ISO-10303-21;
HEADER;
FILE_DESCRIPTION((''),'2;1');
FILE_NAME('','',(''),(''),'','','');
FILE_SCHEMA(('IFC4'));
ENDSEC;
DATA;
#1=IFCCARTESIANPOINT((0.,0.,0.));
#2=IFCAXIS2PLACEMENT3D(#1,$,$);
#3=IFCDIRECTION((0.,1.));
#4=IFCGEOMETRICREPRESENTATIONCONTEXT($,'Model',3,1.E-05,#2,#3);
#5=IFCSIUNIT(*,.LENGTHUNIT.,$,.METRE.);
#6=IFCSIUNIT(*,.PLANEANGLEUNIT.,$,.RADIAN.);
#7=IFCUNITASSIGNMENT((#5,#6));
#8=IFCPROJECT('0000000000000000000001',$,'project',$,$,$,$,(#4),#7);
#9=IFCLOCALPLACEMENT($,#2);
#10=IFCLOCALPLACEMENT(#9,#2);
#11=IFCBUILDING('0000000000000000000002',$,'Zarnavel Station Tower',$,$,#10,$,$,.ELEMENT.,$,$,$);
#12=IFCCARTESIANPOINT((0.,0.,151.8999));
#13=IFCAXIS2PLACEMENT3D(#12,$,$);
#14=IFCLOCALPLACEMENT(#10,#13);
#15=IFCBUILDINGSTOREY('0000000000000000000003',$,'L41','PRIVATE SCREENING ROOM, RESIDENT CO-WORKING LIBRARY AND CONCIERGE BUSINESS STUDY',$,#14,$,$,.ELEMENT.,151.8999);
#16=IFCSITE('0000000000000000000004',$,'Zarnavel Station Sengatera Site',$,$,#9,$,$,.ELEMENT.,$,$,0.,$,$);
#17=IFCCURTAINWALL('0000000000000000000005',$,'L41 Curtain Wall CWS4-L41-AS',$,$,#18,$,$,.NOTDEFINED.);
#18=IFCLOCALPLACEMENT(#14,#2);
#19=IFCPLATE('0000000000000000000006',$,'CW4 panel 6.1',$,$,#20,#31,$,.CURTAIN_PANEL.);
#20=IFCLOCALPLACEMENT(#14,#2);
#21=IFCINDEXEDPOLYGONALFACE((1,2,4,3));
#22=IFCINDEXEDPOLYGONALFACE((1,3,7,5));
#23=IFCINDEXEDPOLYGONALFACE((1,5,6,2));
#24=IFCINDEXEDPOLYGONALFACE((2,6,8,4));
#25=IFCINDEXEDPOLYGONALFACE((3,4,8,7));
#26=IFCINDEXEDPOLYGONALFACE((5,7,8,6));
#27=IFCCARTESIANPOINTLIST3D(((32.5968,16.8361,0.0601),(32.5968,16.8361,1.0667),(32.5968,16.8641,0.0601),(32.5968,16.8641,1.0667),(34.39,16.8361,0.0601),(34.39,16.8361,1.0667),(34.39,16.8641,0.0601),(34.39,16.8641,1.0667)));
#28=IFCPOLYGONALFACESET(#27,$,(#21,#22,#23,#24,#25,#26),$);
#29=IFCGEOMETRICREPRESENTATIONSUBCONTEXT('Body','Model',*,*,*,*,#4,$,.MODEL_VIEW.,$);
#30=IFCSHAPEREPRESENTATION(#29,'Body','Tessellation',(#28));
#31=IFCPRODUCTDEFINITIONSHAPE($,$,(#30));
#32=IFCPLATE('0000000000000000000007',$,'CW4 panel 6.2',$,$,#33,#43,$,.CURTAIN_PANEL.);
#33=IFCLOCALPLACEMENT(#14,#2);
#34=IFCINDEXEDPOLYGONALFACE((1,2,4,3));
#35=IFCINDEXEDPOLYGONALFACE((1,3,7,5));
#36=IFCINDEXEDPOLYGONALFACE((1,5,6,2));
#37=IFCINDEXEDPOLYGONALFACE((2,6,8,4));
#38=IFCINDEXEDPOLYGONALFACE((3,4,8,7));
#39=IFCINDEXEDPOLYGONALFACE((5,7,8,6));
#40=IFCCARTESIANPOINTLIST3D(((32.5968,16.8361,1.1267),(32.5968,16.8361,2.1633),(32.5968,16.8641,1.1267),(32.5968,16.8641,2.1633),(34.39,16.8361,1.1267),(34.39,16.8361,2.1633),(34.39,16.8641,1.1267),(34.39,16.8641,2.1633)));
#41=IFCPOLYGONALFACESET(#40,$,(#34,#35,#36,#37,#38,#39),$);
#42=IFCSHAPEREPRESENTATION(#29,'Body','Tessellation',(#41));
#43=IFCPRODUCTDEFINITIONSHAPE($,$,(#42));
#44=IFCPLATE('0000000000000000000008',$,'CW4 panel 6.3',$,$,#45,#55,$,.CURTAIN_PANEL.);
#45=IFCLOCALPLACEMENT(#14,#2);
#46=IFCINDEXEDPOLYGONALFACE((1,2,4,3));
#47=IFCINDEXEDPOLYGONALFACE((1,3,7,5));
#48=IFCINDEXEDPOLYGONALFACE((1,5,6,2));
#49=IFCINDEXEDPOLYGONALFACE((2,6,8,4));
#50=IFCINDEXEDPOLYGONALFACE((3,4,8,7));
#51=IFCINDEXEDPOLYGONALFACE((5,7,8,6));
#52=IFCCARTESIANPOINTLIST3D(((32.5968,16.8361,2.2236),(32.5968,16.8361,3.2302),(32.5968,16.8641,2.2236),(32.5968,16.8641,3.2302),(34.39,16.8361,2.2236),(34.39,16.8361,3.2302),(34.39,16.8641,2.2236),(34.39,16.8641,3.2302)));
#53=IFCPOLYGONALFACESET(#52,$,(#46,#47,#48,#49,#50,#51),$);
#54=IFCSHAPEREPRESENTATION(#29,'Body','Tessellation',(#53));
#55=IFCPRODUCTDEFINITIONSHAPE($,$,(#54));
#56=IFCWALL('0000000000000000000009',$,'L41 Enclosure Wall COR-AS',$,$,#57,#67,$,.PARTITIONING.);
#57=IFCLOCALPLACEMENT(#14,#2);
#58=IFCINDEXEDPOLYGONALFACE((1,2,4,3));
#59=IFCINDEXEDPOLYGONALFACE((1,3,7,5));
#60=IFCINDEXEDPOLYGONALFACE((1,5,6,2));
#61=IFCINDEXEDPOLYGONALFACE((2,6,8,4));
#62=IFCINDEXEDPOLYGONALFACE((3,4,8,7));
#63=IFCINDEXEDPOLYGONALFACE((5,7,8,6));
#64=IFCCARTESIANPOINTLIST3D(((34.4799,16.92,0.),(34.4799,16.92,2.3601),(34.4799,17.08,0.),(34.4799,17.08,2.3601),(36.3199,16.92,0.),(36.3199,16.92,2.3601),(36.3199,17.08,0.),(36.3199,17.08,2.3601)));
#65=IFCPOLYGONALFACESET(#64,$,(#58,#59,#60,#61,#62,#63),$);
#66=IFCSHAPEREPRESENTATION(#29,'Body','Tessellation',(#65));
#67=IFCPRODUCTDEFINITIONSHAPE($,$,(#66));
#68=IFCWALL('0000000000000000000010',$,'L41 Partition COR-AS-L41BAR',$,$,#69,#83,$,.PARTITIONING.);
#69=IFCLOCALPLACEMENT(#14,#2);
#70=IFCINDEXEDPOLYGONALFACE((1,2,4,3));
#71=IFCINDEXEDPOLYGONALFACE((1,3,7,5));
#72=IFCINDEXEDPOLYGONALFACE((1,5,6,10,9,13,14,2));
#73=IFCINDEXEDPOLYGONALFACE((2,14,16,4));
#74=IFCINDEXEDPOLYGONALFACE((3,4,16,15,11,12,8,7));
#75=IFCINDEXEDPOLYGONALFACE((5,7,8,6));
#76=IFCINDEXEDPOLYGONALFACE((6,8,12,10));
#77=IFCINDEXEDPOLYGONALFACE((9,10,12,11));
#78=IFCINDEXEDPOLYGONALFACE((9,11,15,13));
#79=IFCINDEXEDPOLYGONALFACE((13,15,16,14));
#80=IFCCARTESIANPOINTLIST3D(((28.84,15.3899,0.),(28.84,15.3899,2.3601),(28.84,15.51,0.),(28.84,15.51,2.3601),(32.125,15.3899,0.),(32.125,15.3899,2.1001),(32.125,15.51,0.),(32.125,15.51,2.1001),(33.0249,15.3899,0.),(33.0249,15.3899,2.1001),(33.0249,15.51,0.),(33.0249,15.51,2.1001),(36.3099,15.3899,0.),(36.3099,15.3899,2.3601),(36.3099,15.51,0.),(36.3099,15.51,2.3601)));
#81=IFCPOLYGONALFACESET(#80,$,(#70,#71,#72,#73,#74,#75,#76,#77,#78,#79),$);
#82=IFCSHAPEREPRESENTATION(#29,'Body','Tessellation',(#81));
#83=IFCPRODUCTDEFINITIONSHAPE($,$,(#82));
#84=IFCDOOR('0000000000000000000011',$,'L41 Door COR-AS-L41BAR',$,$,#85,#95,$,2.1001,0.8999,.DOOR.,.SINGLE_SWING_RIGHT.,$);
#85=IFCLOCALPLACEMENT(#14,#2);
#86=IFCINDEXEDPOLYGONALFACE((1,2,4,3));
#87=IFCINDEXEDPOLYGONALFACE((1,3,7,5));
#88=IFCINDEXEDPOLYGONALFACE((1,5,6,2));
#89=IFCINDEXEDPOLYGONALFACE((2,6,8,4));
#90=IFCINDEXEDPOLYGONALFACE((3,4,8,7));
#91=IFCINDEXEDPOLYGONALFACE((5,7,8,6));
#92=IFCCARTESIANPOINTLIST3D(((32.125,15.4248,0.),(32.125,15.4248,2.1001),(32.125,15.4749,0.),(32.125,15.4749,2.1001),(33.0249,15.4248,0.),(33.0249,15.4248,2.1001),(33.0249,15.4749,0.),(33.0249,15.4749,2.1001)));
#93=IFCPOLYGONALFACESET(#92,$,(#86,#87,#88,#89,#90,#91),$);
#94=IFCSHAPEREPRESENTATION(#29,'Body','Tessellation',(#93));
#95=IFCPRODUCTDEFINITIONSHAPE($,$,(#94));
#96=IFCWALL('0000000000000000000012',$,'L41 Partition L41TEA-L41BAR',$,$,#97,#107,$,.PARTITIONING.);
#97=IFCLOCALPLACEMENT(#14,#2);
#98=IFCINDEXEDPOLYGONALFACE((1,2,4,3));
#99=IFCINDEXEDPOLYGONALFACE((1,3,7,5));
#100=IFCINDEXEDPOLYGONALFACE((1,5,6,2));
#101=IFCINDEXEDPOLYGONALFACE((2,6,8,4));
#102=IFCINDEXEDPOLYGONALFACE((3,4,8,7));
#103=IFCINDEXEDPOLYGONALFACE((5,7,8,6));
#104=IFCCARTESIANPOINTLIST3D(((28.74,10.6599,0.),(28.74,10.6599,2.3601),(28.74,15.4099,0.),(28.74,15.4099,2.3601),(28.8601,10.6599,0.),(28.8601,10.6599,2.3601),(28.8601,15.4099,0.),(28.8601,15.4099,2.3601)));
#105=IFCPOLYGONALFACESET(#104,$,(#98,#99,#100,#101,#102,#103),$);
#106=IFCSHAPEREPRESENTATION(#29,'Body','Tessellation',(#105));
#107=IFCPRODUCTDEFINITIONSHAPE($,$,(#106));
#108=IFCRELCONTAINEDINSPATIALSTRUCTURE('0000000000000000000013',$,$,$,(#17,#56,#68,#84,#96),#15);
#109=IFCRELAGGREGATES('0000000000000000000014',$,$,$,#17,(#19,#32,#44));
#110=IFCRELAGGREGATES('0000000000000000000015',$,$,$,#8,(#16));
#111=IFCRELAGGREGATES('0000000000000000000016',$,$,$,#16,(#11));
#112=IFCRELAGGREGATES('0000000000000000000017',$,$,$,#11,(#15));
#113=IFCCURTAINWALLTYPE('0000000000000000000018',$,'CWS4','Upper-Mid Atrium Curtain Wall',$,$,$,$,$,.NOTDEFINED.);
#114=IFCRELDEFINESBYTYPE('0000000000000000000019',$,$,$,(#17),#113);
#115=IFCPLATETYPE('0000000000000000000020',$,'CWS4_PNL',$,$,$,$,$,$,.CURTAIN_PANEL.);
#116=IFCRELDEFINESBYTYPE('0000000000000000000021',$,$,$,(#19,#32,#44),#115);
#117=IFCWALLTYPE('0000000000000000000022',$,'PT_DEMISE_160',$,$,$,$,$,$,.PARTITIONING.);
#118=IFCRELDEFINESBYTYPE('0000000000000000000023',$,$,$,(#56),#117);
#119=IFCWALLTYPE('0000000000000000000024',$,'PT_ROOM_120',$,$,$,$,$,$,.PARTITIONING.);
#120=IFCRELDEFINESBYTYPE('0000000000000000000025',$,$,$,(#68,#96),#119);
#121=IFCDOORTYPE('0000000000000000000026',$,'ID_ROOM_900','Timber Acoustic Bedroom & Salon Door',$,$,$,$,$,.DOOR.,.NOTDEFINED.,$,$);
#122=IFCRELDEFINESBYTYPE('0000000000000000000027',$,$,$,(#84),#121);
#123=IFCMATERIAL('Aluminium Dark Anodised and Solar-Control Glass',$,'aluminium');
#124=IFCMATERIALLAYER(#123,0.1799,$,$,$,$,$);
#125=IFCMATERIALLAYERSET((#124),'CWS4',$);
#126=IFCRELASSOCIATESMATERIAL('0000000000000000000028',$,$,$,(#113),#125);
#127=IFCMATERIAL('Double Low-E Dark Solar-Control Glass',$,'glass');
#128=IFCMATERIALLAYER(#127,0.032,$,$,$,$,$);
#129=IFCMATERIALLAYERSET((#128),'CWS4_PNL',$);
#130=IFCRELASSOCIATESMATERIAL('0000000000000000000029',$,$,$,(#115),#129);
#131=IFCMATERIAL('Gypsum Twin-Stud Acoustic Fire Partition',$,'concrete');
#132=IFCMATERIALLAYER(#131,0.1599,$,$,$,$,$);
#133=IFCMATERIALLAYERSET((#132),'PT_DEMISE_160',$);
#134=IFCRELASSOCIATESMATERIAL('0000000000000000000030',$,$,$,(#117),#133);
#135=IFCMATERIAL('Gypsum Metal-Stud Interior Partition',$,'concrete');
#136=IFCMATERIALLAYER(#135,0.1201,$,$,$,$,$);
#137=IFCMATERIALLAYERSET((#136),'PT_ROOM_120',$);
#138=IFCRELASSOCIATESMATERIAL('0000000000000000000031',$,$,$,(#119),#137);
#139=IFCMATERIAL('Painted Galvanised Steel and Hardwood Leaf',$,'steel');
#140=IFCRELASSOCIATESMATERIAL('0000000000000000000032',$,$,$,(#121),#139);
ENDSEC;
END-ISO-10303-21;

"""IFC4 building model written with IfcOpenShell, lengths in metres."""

from ifc_helpers import new_model, si_unit, direction, frame, frame_2d, origin, origin_2d, place, context, subcontext, project, spatial, rectangle, extrude, material, layer, layer_set, type_object, element, fill, aggregate, save


model = new_model("IFC4")

# Units and contexts
model_context = context("Model", 3, precision=1e-05, world=origin(), true_north=direction((0.0, 1.0)))
body_context = subcontext(model_context, "Body", "Model", "MODEL_VIEW")
ifc_project = project(units=[si_unit("LENGTHUNIT", "METRE"), si_unit("PLANEANGLEUNIT", "RADIAN")], contexts=[model_context])

# Site, building, storey
site_placement = place(None, origin())
site = spatial("IfcSite", under=ifc_project, at=site_placement, Name="Zarnavel Station Sengatera Site", CompositionType="ELEMENT", RefElevation=0.0)
building_placement = place(site_placement, origin())
building = spatial("IfcBuilding", under=site, at=building_placement, Name="Zarnavel Station Tower", CompositionType="ELEMENT")
storey_placement = place(building_placement, frame((0.0, 0.0, 151.8999)))
storey = spatial("IfcBuildingStorey", under=building, at=storey_placement, Name="L41", Description="PRIVATE SCREENING ROOM, RESIDENT CO-WORKING LIBRARY AND CONCIERGE BUSINESS STUDY", CompositionType="ELEMENT", Elevation=151.8999)

# Curtain wall
ifc_material_1 = material(Name="Aluminium Dark Anodised and Solar-Control Glass", Category="aluminium")
ifc_layer_1 = layer(ifc_material_1, 0.1799)
ifc_layer_set_1 = layer_set([ifc_layer_1], Name="CWS4")
curtain_wall_type = type_object("IfcCurtainWallType", Name="CWS4", Description="Upper-Mid Atrium Curtain Wall", PredefinedType="NOTDEFINED", material=ifc_layer_set_1)
curtain_wall_placement = place(storey_placement, origin())
curtain_wall = element("IfcCurtainWall", 1, at=curtain_wall_placement, inside=storey, type_object=curtain_wall_type, Name="L41 Curtain Wall CWS4-L41-AS", PredefinedType="NOTDEFINED")

# Plates
ifc_material_2 = material(Name="Double Low-E Dark Solar-Control Glass", Category="glass")
ifc_layer_2 = layer(ifc_material_2, 0.032)
ifc_layer_set_2 = layer_set([ifc_layer_2], Name="CWS4_PNL")
plate_type = type_object("IfcPlateType", Name="CWS4_PNL", PredefinedType="CURTAIN_PANEL", material=ifc_layer_set_2)
plate_1_placement = place(storey_placement, frame((33.4934, 16.8501, 0.0601), z_axis=(0.0, 0.0, 1.0), x_axis=(1.0, 0.0, 0.0)))
plate_1 = element("IfcPlate", 2, at=plate_1_placement, type_object=plate_type, Name="CW4 panel 6.1", PredefinedType="CURTAIN_PANEL", context=body_context, shape_type="SweptSolid", body=[
    extrude(rectangle(XDim=1.7932, YDim=0.0281, at=origin_2d()), origin(), (0.0, 0.0, 1.0), 1.0066),
])
plate_2_placement = place(storey_placement, frame((33.4934, 16.8501, 1.1267), z_axis=(0.0, 0.0, 1.0), x_axis=(1.0, 0.0, 0.0)))
plate_2 = element("IfcPlate", 3, at=plate_2_placement, type_object=plate_type, Name="CW4 panel 6.2", PredefinedType="CURTAIN_PANEL", context=body_context, shape_type="SweptSolid", body=[
    extrude(rectangle(XDim=1.7932, YDim=0.0281, at=origin_2d()), origin(), (0.0, 0.0, 1.0), 1.0366),
])
plate_3_placement = place(storey_placement, frame((33.4934, 16.8501, 2.2236), z_axis=(0.0, 0.0, 1.0), x_axis=(1.0, 0.0, 0.0)))
plate_3 = element("IfcPlate", 4, at=plate_3_placement, type_object=plate_type, Name="CW4 panel 6.3", PredefinedType="CURTAIN_PANEL", context=body_context, shape_type="SweptSolid", body=[
    extrude(rectangle(XDim=1.7932, YDim=0.0281, at=origin_2d()), origin(), (0.0, 0.0, 1.0), 1.0066),
])
aggregate(curtain_wall, [plate_1, plate_2, plate_3])

# Wall
ifc_material_3 = material(Name="Gypsum Twin-Stud Acoustic Fire Partition", Category="concrete")
ifc_layer_3 = layer(ifc_material_3, 0.1599)
ifc_layer_set_3 = layer_set([ifc_layer_3], Name="PT_DEMISE_160")
wall_type_1 = type_object("IfcWallType", Name="PT_DEMISE_160", PredefinedType="PARTITIONING", material=ifc_layer_set_3)
wall_1_placement = place(storey_placement, frame((34.48, 17.0, 0.0), z_axis=(0.0, 0.0, 1.0), x_axis=(1.0, 0.0, 0.0)))
element("IfcWall", 5, at=wall_1_placement, inside=storey, type_object=wall_type_1, Name="L41 Enclosure Wall COR-AS", PredefinedType="PARTITIONING", context=body_context, shape_type="SweptSolid", body=[
    extrude(rectangle(XDim=1.8401, YDim=0.1599, at=frame_2d((0.9199, 0.0))), origin(), (0.0, 0.0, 1.0), 2.3601),
])

# Wall, opening, door
ifc_material_4 = material(Name="Gypsum Metal-Stud Interior Partition", Category="concrete")
ifc_layer_4 = layer(ifc_material_4, 0.1201)
ifc_layer_set_4 = layer_set([ifc_layer_4], Name="PT_ROOM_120")
wall_type_2 = type_object("IfcWallType", Name="PT_ROOM_120", PredefinedType="PARTITIONING", material=ifc_layer_set_4)
wall_2_placement = place(storey_placement, frame((28.8401, 15.45, 0.0), z_axis=(0.0, 0.0, 1.0), x_axis=(1.0, 0.0, 0.0)))
wall_2 = element("IfcWall", 6, at=wall_2_placement, inside=storey, type_object=wall_type_2, Name="L41 Partition COR-AS-L41BAR", PredefinedType="PARTITIONING", context=body_context, shape_type="SweptSolid", body=[
    extrude(rectangle(XDim=7.47, YDim=0.1201, at=frame_2d((3.7349, 0.0))), origin(), (0.0, 0.0, 1.0), 2.3601),
])
opening_placement = place(wall_2_placement, frame((3.2849, 0.0, 0.0)))
opening = element("IfcOpeningElement", 7, at=opening_placement, cuts=wall_2, PredefinedType="OPENING", context=body_context, shape_type="SweptSolid", body=[
    extrude(rectangle(XDim=0.8999, YDim=2.1001, at=frame_2d((0.45, 1.05))), frame((0.0, 0.0701, 0.0), z_axis=(0.0, -1.0, 0.0), x_axis=(1.0, 0.0, 0.0)), (0.0, 0.0, 1.0), 0.1401),
])
ifc_material_5 = material(Name="Painted Galvanised Steel and Hardwood Leaf", Category="steel")
door_type = type_object("IfcDoorType", Name="ID_ROOM_900", Description="Timber Acoustic Bedroom & Salon Door", OperationType="NOTDEFINED", PredefinedType="DOOR", material=ifc_material_5)
door_placement = place(opening_placement, origin())
door = element("IfcDoor", 8, at=door_placement, inside=storey, type_object=door_type, Name="L41 Door COR-AS-L41BAR", OperationType="SINGLE_SWING_RIGHT", OverallHeight=2.1001, OverallWidth=0.8999, PredefinedType="DOOR", context=body_context, shape_type="SweptSolid", body=[
    extrude(rectangle(XDim=0.8999, YDim=2.1001, at=frame_2d((0.45, 1.05))), frame((0.0, 0.0249, 0.0), z_axis=(0.0, -1.0, 0.0), x_axis=(1.0, 0.0, 0.0)), (0.0, 0.0, 1.0), 0.05),
])
fill(opening, door)

# Wall
wall_3_placement = place(storey_placement, frame((28.8, 10.6599, 0.0), z_axis=(0.0, 0.0, 1.0), x_axis=(0.0, 1.0, 0.0)))
element("IfcWall", 9, at=wall_3_placement, inside=storey, type_object=wall_type_2, Name="L41 Partition L41TEA-L41BAR", PredefinedType="PARTITIONING", context=body_context, shape_type="SweptSolid", body=[
    extrude(rectangle(XDim=4.75, YDim=0.1201, at=frame_2d((2.375, 0.0))), origin(), (0.0, 0.0, 1.0), 2.3601),
])

save(model, "model.ifc")
